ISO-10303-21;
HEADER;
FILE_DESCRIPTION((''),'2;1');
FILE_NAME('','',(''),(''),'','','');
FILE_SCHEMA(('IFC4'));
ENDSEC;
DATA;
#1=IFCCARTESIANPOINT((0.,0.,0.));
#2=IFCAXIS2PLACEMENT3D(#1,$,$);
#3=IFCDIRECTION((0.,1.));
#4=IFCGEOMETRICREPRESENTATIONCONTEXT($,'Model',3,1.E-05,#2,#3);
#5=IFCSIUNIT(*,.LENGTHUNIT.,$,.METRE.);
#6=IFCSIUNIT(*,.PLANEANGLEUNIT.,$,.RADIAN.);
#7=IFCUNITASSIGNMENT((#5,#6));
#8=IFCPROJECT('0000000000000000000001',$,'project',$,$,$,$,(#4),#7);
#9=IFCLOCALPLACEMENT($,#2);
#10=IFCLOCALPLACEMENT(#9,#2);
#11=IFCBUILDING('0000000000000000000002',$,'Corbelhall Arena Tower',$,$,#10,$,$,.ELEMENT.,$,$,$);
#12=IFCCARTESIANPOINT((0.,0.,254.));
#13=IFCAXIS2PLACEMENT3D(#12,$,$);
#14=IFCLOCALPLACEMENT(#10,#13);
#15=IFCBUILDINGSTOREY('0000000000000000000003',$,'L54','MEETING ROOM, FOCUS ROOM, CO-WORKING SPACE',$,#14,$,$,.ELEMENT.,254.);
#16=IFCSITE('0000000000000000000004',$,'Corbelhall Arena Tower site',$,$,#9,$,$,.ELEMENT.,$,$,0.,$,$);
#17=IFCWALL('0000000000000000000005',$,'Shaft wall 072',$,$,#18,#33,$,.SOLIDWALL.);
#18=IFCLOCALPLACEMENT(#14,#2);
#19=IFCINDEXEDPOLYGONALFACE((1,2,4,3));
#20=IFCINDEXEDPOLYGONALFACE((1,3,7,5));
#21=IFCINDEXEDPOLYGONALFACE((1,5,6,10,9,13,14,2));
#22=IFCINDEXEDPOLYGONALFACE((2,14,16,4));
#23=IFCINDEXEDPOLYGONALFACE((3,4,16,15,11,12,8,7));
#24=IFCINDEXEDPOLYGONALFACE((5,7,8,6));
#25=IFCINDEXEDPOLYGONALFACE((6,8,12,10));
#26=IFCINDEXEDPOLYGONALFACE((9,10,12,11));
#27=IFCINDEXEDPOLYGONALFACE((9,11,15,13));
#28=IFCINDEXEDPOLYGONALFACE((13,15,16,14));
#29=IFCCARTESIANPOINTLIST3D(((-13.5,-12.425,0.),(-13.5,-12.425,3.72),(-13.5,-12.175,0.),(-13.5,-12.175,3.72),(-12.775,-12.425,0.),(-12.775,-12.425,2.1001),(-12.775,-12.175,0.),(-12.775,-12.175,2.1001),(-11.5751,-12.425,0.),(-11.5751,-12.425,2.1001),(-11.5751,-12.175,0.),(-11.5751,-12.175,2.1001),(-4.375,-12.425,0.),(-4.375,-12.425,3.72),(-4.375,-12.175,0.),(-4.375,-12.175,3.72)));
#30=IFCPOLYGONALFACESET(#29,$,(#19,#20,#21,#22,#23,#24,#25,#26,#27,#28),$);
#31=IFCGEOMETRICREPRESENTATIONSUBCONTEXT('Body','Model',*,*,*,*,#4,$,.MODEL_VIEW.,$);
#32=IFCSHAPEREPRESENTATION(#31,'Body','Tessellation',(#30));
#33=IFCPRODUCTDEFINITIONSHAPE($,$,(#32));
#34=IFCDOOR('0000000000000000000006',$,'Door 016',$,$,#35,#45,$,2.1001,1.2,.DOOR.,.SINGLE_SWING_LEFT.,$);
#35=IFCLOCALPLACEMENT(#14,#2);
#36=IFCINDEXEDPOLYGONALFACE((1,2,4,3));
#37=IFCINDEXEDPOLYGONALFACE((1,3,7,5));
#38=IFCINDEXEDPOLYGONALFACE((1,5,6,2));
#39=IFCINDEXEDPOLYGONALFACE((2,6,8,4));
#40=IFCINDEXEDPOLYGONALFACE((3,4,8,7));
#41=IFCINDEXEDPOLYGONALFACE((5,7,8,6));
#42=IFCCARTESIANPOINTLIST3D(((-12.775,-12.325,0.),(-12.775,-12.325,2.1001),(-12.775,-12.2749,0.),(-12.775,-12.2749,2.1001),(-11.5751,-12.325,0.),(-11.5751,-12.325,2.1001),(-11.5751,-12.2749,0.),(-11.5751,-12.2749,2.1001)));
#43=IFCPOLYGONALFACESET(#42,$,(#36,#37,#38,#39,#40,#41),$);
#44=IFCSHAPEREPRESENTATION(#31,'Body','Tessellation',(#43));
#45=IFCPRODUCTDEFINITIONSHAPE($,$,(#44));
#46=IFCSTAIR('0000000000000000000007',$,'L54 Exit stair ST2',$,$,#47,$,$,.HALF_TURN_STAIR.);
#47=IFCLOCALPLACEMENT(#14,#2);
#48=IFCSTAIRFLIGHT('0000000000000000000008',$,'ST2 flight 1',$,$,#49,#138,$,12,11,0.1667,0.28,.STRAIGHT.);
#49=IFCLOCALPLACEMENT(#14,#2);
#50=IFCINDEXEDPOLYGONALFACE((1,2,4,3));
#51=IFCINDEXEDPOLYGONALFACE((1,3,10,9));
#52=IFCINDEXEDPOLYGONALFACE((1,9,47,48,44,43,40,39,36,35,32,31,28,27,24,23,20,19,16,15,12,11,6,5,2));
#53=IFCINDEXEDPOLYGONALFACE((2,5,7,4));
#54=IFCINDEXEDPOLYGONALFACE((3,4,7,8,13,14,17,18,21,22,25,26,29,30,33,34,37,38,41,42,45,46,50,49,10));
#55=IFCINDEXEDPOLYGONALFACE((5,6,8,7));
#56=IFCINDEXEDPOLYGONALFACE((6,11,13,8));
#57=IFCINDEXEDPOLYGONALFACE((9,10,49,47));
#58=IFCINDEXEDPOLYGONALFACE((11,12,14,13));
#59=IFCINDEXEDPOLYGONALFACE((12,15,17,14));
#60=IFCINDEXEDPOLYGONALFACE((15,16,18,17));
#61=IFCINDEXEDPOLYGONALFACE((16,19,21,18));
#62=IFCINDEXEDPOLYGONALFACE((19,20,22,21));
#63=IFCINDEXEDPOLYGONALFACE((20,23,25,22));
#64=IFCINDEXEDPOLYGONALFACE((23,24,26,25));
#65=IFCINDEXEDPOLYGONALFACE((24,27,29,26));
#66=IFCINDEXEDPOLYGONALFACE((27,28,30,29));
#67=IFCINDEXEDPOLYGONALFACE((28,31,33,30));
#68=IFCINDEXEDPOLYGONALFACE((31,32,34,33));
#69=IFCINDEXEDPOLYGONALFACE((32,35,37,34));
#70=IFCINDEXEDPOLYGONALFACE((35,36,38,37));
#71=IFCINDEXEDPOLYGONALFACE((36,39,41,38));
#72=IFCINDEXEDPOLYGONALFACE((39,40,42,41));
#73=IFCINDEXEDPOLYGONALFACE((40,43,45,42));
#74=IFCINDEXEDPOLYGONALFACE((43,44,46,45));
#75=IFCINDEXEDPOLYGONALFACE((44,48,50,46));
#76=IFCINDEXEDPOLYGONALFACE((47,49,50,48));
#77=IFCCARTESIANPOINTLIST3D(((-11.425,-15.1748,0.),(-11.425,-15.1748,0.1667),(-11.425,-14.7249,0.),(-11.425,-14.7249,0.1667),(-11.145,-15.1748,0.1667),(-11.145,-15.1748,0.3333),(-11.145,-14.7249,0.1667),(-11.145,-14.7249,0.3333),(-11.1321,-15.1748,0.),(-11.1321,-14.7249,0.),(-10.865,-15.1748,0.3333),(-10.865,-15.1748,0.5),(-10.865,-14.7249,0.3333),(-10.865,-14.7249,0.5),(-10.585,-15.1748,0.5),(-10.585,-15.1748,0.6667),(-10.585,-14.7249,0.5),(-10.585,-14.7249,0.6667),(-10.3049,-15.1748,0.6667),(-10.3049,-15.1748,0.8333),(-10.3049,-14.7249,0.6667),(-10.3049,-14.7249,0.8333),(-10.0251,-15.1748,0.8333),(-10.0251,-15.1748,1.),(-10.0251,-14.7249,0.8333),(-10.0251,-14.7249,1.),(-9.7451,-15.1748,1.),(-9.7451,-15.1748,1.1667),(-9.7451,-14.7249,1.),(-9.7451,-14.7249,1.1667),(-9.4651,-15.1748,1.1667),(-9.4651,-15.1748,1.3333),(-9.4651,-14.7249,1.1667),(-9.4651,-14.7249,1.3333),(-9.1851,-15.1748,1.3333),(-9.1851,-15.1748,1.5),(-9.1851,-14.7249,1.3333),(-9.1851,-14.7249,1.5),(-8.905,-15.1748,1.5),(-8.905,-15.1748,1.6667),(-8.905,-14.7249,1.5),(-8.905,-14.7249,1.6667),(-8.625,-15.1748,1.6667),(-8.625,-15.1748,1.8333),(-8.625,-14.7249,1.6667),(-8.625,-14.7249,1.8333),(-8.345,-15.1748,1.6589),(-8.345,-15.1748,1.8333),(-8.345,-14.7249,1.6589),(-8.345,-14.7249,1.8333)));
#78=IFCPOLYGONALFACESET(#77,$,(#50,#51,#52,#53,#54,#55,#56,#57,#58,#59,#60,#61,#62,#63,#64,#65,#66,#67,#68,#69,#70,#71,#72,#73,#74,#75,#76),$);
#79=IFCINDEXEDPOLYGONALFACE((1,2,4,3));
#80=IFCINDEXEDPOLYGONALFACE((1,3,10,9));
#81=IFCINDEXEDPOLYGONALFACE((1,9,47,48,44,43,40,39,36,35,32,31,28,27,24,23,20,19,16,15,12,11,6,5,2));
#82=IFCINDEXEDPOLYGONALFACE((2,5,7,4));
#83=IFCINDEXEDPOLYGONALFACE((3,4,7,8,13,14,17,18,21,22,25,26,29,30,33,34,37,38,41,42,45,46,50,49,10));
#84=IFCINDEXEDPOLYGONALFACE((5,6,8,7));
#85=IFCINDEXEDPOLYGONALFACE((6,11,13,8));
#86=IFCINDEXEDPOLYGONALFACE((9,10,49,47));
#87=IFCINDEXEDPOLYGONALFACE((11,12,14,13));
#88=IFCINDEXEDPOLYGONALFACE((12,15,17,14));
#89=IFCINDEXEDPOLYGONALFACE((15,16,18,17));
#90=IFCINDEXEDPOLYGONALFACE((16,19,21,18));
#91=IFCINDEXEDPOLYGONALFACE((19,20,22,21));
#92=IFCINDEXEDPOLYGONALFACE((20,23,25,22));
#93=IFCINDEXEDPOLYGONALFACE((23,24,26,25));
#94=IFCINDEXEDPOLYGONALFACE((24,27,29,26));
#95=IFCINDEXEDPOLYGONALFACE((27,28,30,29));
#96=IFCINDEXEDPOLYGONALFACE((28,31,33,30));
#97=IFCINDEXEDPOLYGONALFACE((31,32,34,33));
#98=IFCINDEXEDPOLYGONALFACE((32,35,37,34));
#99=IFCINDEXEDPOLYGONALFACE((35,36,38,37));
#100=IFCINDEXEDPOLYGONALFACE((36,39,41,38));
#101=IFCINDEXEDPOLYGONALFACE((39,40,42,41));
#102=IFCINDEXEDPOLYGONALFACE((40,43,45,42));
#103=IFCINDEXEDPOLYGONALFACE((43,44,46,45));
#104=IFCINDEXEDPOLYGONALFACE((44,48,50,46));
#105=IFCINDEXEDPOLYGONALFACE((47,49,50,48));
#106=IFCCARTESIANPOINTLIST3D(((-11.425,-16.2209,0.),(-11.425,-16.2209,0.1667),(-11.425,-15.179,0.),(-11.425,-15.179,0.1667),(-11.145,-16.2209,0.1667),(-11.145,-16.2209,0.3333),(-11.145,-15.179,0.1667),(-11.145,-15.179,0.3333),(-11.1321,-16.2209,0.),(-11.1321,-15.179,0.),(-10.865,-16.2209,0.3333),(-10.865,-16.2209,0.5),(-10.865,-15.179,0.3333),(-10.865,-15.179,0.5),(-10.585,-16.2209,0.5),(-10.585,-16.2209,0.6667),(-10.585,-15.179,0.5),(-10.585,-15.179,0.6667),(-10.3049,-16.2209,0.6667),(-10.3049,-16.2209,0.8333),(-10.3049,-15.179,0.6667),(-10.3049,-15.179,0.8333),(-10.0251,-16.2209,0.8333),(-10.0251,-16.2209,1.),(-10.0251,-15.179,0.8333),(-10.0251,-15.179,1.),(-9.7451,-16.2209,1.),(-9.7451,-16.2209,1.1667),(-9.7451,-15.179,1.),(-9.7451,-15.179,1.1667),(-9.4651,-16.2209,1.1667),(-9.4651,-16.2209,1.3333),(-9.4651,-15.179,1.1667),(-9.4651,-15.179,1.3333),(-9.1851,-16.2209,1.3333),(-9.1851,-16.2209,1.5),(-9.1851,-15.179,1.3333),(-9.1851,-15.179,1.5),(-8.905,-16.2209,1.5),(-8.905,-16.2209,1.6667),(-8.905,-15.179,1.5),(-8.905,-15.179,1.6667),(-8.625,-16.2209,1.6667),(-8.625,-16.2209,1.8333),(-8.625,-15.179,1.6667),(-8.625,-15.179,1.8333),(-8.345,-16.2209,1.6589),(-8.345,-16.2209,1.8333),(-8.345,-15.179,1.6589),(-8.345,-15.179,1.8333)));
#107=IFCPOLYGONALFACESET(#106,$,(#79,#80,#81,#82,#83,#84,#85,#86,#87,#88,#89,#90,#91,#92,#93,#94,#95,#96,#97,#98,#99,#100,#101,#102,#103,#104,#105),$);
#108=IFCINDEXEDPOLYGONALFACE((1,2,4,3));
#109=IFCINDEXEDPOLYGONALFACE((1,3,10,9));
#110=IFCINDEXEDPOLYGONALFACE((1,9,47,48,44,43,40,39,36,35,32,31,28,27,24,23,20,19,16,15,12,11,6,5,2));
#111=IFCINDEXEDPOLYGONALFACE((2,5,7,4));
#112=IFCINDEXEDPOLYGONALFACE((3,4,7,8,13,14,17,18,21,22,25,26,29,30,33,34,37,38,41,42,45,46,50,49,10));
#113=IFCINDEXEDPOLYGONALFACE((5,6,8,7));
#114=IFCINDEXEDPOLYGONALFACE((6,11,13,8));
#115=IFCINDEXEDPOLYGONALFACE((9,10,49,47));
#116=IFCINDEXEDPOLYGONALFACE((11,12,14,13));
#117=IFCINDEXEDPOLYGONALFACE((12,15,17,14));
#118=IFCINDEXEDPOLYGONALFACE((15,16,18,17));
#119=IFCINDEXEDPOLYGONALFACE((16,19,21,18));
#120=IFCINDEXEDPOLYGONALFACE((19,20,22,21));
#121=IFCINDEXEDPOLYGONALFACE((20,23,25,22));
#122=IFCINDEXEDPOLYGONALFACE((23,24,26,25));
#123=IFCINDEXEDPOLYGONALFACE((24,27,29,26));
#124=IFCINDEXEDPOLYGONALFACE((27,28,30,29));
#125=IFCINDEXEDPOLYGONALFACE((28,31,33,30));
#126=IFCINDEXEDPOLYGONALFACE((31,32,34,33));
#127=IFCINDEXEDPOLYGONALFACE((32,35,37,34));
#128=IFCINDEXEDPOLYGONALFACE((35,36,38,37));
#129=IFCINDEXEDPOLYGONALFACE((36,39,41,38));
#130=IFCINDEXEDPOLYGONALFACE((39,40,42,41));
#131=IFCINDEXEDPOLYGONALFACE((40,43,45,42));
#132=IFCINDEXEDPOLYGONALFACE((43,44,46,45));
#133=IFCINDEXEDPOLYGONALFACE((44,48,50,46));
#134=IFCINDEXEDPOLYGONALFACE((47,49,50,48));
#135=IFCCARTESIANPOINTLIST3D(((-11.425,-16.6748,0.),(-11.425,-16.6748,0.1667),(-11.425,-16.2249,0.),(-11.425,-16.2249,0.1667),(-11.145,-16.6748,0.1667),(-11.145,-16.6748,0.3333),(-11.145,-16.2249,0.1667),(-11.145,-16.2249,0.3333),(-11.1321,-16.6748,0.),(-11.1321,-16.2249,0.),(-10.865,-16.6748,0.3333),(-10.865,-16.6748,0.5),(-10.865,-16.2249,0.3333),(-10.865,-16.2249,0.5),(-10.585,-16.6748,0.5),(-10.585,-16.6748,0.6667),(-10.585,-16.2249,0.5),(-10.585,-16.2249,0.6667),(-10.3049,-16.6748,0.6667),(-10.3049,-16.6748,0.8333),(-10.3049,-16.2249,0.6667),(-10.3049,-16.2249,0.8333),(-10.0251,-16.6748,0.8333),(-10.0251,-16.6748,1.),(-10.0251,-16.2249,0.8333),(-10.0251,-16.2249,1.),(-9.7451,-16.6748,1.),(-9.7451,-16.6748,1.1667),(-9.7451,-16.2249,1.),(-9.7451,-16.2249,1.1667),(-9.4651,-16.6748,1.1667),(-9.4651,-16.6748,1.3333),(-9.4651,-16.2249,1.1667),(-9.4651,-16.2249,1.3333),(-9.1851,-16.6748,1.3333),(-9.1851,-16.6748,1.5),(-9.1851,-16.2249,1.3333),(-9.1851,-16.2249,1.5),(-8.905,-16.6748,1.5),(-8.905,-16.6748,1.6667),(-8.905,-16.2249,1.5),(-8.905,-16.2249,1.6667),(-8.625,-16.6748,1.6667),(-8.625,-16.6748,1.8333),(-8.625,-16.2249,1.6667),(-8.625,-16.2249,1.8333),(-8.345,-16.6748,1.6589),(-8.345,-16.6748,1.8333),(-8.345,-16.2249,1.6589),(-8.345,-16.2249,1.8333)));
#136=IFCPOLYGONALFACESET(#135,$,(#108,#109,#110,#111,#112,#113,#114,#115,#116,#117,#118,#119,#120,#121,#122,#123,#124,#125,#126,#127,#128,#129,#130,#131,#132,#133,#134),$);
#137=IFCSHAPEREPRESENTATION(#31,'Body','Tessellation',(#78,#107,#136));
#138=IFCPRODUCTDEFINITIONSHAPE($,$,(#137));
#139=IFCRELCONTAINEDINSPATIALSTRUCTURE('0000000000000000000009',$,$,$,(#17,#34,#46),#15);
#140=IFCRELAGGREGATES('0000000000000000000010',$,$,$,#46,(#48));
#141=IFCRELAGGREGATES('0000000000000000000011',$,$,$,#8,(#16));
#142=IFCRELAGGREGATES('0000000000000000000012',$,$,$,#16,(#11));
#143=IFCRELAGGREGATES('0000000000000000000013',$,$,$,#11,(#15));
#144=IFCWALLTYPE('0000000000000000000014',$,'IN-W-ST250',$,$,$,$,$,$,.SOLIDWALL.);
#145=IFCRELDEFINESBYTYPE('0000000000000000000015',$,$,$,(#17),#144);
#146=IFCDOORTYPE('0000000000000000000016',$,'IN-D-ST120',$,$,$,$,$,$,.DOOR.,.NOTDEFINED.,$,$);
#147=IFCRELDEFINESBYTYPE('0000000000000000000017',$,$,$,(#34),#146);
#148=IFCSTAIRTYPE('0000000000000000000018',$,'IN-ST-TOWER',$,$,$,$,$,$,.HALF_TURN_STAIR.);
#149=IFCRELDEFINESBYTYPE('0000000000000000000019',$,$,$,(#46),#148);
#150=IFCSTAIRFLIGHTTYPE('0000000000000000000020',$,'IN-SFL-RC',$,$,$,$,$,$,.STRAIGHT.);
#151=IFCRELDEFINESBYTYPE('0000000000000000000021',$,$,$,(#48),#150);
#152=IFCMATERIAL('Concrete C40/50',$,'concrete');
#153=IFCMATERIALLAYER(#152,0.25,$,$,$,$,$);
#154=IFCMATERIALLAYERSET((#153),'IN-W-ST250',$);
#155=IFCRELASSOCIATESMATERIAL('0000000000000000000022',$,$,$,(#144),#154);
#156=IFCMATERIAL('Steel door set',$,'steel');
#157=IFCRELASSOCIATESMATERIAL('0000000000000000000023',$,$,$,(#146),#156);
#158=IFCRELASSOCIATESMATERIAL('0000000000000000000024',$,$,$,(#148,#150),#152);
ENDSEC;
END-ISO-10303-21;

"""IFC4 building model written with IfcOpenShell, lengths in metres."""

from ifc_helpers import new_model, si_unit, direction, frame, frame_2d, origin, place, context, subcontext, project, spatial, polyline, rectangle, outline, extrude, material, layer, layer_set, type_object, element, fill, aggregate, save


model = new_model("IFC4")

# Units and contexts
model_context = context("Model", 3, precision=1e-05, world=origin(), true_north=direction((0.0, 1.0)))
body_context = subcontext(model_context, "Body", "Model", "MODEL_VIEW")
ifc_project = project(units=[si_unit("LENGTHUNIT", "METRE"), si_unit("PLANEANGLEUNIT", "RADIAN")], contexts=[model_context])

# Site, building, storey
site_placement = place(None, origin())
site = spatial("IfcSite", under=ifc_project, at=site_placement, Name="Corbelhall Arena Tower site", CompositionType="ELEMENT", RefElevation=0.0)
building_placement = place(site_placement, origin())
building = spatial("IfcBuilding", under=site, at=building_placement, Name="Corbelhall Arena Tower", CompositionType="ELEMENT")
storey_placement = place(building_placement, frame((0.0, 0.0, 254.0)))
storey = spatial("IfcBuildingStorey", under=building, at=storey_placement, Name="L54", Description="MEETING ROOM, FOCUS ROOM, CO-WORKING SPACE", CompositionType="ELEMENT", Elevation=254.0)

# Shared definitions
ifc_material_1 = material(Name="Steel door set", Category="steel")

# Shared definitions
ifc_material_2 = material(Name="Concrete C40/50", Category="concrete")
ifc_layer_1 = layer(ifc_material_2, 0.25)
ifc_layer_set_1 = layer_set([ifc_layer_1], Name="IN-W-ST250")
wall_type_1 = type_object("IfcWallType", Name="IN-W-ST250", PredefinedType="SOLIDWALL", material=ifc_layer_set_1)

# Wall, opening, door
wall_1_placement = place(storey_placement, frame((-4.375, -12.3, 0.0), z_axis=(0.0, 0.0, 1.0), x_axis=(-1.0, 0.0, 0.0)))
wall_1 = element("IfcWall", 1, at=wall_1_placement, inside=storey, type_object=wall_type_1, Name="Shaft wall 072", PredefinedType="SOLIDWALL", context=body_context, shape_type="SweptSolid", body=[
    extrude(rectangle(XDim=9.125, YDim=0.25, at=frame_2d((4.5625, 0.0))), origin(), (0.0, 0.0, 1.0), 3.72),
])
opening_1_placement = place(wall_1_placement, frame((7.2, 0.0, 0.0)))
opening_1 = element("IfcOpeningElement", 2, at=opening_1_placement, cuts=wall_1, PredefinedType="OPENING", context=body_context, shape_type="SweptSolid", body=[
    extrude(rectangle(XDim=1.2, YDim=2.1001, at=frame_2d((0.6001, 1.05))), frame((0.0, 0.125, 0.0), z_axis=(0.0, -1.0, 0.0), x_axis=(1.0, 0.0, 0.0)), (0.0, 0.0, 1.0), 0.25),
])
door_type_1 = type_object("IfcDoorType", Name="IN-D-ST120", OperationType="NOTDEFINED", PredefinedType="DOOR", material=ifc_material_1)
door_1_placement = place(opening_1_placement, origin())
door_1 = element("IfcDoor", 3, at=door_1_placement, inside=storey, type_object=door_type_1, Name="Door 016", OperationType="SINGLE_SWING_LEFT", OverallHeight=2.1001, OverallWidth=1.2, PredefinedType="DOOR", context=body_context, shape_type="SweptSolid", body=[
    extrude(rectangle(XDim=1.2, YDim=2.1001, at=frame_2d((0.6001, 1.05))), frame((0.0, 0.0249, 0.0), z_axis=(0.0, -1.0, 0.0), x_axis=(1.0, 0.0, 0.0)), (0.0, 0.0, 1.0), 0.05),
])
fill(opening_1, door_1)

# Stair, stair flight
stair_type = type_object("IfcStairType", Name="IN-ST-TOWER", PredefinedType="HALF_TURN_STAIR", material=ifc_material_2)
stair_placement = place(storey_placement, origin())
stair = element("IfcStair", 4, at=stair_placement, inside=storey, type_object=stair_type, Name="L54 Exit stair ST2", PredefinedType="HALF_TURN_STAIR")
stair_flight_type = type_object("IfcStairFlightType", Name="IN-SFL-RC", PredefinedType="STRAIGHT", material=ifc_material_2)
stair_flight_1_placement = place(storey_placement, frame((-11.425, -15.7, 0.0), z_axis=(0.0, 0.0, 1.0), x_axis=(1.0, 0.0, 0.0)))
stair_flight_1 = element("IfcStairFlight", 5, at=stair_flight_1_placement, type_object=stair_flight_type, Name="ST2 flight 1", NumberOfRisers=12, NumberOfTreads=11, PredefinedType="STRAIGHT", RiserHeight=0.1667, TreadLength=0.28, context=body_context, shape_type="SweptSolid", body=[
    extrude(outline(polyline([(0.0, 0.0), (0.0, 0.1667), (0.28, 0.1667), (0.28, 0.3333), (0.5601, 0.3333), (0.5601, 0.5), (0.8401, 0.5), (0.8401, 0.6667), (1.1201, 0.6667), (1.1201, 0.8333), (1.3999, 0.8333), (1.3999, 1.0), (1.6799, 1.0), (1.6799, 1.1667), (1.96, 1.1667), (1.96, 1.3333), (2.24, 1.3333), (2.24, 1.5), (2.52, 1.5), (2.52, 1.6667), (2.8, 1.6667), (2.8, 1.8333), (3.0801, 1.8333), (3.0801, 2.0), (3.0801, 1.6589), (0.293, 0.0), (0.0, 0.0)])), frame((0.0, 0.9751, 0.0), z_axis=(0.0, -1.0, 0.0), x_axis=(1.0, 0.0, 0.0)), (0.0, 0.0, 1.0), 0.45),
    extrude(outline(polyline([(0.0, 0.0), (0.0, 0.1667), (0.28, 0.1667), (0.28, 0.3333), (0.5601, 0.3333), (0.5601, 0.5), (0.8401, 0.5), (0.8401, 0.6667), (1.1201, 0.6667), (1.1201, 0.8333), (1.3999, 0.8333), (1.3999, 1.0), (1.6799, 1.0), (1.6799, 1.1667), (1.96, 1.1667), (1.96, 1.3333), (2.24, 1.3333), (2.24, 1.5), (2.52, 1.5), (2.52, 1.6667), (2.8, 1.6667), (2.8, 1.8333), (3.0801, 1.8333), (3.0801, 2.0), (3.0801, 1.6589), (0.293, 0.0), (0.0, 0.0)])), frame((0.0, 0.521, 0.0), z_axis=(0.0, -1.0, 0.0), x_axis=(1.0, 0.0, 0.0)), (0.0, 0.0, 1.0), 1.042),
    extrude(outline(polyline([(0.0, 0.0), (0.0, 0.1667), (0.28, 0.1667), (0.28, 0.3333), (0.5601, 0.3333), (0.5601, 0.5), (0.8401, 0.5), (0.8401, 0.6667), (1.1201, 0.6667), (1.1201, 0.8333), (1.3999, 0.8333), (1.3999, 1.0), (1.6799, 1.0), (1.6799, 1.1667), (1.96, 1.1667), (1.96, 1.3333), (2.24, 1.3333), (2.24, 1.5), (2.52, 1.5), (2.52, 1.6667), (2.8, 1.6667), (2.8, 1.8333), (3.0801, 1.8333), (3.0801, 2.0), (3.0801, 1.6589), (0.293, 0.0), (0.0, 0.0)])), frame((0.0, -0.5249, 0.0), z_axis=(0.0, -1.0, 0.0), x_axis=(1.0, 0.0, 0.0)), (0.0, 0.0, 1.0), 0.45),
])
aggregate(stair, [stair_flight_1])

save(model, "model.ifc")
